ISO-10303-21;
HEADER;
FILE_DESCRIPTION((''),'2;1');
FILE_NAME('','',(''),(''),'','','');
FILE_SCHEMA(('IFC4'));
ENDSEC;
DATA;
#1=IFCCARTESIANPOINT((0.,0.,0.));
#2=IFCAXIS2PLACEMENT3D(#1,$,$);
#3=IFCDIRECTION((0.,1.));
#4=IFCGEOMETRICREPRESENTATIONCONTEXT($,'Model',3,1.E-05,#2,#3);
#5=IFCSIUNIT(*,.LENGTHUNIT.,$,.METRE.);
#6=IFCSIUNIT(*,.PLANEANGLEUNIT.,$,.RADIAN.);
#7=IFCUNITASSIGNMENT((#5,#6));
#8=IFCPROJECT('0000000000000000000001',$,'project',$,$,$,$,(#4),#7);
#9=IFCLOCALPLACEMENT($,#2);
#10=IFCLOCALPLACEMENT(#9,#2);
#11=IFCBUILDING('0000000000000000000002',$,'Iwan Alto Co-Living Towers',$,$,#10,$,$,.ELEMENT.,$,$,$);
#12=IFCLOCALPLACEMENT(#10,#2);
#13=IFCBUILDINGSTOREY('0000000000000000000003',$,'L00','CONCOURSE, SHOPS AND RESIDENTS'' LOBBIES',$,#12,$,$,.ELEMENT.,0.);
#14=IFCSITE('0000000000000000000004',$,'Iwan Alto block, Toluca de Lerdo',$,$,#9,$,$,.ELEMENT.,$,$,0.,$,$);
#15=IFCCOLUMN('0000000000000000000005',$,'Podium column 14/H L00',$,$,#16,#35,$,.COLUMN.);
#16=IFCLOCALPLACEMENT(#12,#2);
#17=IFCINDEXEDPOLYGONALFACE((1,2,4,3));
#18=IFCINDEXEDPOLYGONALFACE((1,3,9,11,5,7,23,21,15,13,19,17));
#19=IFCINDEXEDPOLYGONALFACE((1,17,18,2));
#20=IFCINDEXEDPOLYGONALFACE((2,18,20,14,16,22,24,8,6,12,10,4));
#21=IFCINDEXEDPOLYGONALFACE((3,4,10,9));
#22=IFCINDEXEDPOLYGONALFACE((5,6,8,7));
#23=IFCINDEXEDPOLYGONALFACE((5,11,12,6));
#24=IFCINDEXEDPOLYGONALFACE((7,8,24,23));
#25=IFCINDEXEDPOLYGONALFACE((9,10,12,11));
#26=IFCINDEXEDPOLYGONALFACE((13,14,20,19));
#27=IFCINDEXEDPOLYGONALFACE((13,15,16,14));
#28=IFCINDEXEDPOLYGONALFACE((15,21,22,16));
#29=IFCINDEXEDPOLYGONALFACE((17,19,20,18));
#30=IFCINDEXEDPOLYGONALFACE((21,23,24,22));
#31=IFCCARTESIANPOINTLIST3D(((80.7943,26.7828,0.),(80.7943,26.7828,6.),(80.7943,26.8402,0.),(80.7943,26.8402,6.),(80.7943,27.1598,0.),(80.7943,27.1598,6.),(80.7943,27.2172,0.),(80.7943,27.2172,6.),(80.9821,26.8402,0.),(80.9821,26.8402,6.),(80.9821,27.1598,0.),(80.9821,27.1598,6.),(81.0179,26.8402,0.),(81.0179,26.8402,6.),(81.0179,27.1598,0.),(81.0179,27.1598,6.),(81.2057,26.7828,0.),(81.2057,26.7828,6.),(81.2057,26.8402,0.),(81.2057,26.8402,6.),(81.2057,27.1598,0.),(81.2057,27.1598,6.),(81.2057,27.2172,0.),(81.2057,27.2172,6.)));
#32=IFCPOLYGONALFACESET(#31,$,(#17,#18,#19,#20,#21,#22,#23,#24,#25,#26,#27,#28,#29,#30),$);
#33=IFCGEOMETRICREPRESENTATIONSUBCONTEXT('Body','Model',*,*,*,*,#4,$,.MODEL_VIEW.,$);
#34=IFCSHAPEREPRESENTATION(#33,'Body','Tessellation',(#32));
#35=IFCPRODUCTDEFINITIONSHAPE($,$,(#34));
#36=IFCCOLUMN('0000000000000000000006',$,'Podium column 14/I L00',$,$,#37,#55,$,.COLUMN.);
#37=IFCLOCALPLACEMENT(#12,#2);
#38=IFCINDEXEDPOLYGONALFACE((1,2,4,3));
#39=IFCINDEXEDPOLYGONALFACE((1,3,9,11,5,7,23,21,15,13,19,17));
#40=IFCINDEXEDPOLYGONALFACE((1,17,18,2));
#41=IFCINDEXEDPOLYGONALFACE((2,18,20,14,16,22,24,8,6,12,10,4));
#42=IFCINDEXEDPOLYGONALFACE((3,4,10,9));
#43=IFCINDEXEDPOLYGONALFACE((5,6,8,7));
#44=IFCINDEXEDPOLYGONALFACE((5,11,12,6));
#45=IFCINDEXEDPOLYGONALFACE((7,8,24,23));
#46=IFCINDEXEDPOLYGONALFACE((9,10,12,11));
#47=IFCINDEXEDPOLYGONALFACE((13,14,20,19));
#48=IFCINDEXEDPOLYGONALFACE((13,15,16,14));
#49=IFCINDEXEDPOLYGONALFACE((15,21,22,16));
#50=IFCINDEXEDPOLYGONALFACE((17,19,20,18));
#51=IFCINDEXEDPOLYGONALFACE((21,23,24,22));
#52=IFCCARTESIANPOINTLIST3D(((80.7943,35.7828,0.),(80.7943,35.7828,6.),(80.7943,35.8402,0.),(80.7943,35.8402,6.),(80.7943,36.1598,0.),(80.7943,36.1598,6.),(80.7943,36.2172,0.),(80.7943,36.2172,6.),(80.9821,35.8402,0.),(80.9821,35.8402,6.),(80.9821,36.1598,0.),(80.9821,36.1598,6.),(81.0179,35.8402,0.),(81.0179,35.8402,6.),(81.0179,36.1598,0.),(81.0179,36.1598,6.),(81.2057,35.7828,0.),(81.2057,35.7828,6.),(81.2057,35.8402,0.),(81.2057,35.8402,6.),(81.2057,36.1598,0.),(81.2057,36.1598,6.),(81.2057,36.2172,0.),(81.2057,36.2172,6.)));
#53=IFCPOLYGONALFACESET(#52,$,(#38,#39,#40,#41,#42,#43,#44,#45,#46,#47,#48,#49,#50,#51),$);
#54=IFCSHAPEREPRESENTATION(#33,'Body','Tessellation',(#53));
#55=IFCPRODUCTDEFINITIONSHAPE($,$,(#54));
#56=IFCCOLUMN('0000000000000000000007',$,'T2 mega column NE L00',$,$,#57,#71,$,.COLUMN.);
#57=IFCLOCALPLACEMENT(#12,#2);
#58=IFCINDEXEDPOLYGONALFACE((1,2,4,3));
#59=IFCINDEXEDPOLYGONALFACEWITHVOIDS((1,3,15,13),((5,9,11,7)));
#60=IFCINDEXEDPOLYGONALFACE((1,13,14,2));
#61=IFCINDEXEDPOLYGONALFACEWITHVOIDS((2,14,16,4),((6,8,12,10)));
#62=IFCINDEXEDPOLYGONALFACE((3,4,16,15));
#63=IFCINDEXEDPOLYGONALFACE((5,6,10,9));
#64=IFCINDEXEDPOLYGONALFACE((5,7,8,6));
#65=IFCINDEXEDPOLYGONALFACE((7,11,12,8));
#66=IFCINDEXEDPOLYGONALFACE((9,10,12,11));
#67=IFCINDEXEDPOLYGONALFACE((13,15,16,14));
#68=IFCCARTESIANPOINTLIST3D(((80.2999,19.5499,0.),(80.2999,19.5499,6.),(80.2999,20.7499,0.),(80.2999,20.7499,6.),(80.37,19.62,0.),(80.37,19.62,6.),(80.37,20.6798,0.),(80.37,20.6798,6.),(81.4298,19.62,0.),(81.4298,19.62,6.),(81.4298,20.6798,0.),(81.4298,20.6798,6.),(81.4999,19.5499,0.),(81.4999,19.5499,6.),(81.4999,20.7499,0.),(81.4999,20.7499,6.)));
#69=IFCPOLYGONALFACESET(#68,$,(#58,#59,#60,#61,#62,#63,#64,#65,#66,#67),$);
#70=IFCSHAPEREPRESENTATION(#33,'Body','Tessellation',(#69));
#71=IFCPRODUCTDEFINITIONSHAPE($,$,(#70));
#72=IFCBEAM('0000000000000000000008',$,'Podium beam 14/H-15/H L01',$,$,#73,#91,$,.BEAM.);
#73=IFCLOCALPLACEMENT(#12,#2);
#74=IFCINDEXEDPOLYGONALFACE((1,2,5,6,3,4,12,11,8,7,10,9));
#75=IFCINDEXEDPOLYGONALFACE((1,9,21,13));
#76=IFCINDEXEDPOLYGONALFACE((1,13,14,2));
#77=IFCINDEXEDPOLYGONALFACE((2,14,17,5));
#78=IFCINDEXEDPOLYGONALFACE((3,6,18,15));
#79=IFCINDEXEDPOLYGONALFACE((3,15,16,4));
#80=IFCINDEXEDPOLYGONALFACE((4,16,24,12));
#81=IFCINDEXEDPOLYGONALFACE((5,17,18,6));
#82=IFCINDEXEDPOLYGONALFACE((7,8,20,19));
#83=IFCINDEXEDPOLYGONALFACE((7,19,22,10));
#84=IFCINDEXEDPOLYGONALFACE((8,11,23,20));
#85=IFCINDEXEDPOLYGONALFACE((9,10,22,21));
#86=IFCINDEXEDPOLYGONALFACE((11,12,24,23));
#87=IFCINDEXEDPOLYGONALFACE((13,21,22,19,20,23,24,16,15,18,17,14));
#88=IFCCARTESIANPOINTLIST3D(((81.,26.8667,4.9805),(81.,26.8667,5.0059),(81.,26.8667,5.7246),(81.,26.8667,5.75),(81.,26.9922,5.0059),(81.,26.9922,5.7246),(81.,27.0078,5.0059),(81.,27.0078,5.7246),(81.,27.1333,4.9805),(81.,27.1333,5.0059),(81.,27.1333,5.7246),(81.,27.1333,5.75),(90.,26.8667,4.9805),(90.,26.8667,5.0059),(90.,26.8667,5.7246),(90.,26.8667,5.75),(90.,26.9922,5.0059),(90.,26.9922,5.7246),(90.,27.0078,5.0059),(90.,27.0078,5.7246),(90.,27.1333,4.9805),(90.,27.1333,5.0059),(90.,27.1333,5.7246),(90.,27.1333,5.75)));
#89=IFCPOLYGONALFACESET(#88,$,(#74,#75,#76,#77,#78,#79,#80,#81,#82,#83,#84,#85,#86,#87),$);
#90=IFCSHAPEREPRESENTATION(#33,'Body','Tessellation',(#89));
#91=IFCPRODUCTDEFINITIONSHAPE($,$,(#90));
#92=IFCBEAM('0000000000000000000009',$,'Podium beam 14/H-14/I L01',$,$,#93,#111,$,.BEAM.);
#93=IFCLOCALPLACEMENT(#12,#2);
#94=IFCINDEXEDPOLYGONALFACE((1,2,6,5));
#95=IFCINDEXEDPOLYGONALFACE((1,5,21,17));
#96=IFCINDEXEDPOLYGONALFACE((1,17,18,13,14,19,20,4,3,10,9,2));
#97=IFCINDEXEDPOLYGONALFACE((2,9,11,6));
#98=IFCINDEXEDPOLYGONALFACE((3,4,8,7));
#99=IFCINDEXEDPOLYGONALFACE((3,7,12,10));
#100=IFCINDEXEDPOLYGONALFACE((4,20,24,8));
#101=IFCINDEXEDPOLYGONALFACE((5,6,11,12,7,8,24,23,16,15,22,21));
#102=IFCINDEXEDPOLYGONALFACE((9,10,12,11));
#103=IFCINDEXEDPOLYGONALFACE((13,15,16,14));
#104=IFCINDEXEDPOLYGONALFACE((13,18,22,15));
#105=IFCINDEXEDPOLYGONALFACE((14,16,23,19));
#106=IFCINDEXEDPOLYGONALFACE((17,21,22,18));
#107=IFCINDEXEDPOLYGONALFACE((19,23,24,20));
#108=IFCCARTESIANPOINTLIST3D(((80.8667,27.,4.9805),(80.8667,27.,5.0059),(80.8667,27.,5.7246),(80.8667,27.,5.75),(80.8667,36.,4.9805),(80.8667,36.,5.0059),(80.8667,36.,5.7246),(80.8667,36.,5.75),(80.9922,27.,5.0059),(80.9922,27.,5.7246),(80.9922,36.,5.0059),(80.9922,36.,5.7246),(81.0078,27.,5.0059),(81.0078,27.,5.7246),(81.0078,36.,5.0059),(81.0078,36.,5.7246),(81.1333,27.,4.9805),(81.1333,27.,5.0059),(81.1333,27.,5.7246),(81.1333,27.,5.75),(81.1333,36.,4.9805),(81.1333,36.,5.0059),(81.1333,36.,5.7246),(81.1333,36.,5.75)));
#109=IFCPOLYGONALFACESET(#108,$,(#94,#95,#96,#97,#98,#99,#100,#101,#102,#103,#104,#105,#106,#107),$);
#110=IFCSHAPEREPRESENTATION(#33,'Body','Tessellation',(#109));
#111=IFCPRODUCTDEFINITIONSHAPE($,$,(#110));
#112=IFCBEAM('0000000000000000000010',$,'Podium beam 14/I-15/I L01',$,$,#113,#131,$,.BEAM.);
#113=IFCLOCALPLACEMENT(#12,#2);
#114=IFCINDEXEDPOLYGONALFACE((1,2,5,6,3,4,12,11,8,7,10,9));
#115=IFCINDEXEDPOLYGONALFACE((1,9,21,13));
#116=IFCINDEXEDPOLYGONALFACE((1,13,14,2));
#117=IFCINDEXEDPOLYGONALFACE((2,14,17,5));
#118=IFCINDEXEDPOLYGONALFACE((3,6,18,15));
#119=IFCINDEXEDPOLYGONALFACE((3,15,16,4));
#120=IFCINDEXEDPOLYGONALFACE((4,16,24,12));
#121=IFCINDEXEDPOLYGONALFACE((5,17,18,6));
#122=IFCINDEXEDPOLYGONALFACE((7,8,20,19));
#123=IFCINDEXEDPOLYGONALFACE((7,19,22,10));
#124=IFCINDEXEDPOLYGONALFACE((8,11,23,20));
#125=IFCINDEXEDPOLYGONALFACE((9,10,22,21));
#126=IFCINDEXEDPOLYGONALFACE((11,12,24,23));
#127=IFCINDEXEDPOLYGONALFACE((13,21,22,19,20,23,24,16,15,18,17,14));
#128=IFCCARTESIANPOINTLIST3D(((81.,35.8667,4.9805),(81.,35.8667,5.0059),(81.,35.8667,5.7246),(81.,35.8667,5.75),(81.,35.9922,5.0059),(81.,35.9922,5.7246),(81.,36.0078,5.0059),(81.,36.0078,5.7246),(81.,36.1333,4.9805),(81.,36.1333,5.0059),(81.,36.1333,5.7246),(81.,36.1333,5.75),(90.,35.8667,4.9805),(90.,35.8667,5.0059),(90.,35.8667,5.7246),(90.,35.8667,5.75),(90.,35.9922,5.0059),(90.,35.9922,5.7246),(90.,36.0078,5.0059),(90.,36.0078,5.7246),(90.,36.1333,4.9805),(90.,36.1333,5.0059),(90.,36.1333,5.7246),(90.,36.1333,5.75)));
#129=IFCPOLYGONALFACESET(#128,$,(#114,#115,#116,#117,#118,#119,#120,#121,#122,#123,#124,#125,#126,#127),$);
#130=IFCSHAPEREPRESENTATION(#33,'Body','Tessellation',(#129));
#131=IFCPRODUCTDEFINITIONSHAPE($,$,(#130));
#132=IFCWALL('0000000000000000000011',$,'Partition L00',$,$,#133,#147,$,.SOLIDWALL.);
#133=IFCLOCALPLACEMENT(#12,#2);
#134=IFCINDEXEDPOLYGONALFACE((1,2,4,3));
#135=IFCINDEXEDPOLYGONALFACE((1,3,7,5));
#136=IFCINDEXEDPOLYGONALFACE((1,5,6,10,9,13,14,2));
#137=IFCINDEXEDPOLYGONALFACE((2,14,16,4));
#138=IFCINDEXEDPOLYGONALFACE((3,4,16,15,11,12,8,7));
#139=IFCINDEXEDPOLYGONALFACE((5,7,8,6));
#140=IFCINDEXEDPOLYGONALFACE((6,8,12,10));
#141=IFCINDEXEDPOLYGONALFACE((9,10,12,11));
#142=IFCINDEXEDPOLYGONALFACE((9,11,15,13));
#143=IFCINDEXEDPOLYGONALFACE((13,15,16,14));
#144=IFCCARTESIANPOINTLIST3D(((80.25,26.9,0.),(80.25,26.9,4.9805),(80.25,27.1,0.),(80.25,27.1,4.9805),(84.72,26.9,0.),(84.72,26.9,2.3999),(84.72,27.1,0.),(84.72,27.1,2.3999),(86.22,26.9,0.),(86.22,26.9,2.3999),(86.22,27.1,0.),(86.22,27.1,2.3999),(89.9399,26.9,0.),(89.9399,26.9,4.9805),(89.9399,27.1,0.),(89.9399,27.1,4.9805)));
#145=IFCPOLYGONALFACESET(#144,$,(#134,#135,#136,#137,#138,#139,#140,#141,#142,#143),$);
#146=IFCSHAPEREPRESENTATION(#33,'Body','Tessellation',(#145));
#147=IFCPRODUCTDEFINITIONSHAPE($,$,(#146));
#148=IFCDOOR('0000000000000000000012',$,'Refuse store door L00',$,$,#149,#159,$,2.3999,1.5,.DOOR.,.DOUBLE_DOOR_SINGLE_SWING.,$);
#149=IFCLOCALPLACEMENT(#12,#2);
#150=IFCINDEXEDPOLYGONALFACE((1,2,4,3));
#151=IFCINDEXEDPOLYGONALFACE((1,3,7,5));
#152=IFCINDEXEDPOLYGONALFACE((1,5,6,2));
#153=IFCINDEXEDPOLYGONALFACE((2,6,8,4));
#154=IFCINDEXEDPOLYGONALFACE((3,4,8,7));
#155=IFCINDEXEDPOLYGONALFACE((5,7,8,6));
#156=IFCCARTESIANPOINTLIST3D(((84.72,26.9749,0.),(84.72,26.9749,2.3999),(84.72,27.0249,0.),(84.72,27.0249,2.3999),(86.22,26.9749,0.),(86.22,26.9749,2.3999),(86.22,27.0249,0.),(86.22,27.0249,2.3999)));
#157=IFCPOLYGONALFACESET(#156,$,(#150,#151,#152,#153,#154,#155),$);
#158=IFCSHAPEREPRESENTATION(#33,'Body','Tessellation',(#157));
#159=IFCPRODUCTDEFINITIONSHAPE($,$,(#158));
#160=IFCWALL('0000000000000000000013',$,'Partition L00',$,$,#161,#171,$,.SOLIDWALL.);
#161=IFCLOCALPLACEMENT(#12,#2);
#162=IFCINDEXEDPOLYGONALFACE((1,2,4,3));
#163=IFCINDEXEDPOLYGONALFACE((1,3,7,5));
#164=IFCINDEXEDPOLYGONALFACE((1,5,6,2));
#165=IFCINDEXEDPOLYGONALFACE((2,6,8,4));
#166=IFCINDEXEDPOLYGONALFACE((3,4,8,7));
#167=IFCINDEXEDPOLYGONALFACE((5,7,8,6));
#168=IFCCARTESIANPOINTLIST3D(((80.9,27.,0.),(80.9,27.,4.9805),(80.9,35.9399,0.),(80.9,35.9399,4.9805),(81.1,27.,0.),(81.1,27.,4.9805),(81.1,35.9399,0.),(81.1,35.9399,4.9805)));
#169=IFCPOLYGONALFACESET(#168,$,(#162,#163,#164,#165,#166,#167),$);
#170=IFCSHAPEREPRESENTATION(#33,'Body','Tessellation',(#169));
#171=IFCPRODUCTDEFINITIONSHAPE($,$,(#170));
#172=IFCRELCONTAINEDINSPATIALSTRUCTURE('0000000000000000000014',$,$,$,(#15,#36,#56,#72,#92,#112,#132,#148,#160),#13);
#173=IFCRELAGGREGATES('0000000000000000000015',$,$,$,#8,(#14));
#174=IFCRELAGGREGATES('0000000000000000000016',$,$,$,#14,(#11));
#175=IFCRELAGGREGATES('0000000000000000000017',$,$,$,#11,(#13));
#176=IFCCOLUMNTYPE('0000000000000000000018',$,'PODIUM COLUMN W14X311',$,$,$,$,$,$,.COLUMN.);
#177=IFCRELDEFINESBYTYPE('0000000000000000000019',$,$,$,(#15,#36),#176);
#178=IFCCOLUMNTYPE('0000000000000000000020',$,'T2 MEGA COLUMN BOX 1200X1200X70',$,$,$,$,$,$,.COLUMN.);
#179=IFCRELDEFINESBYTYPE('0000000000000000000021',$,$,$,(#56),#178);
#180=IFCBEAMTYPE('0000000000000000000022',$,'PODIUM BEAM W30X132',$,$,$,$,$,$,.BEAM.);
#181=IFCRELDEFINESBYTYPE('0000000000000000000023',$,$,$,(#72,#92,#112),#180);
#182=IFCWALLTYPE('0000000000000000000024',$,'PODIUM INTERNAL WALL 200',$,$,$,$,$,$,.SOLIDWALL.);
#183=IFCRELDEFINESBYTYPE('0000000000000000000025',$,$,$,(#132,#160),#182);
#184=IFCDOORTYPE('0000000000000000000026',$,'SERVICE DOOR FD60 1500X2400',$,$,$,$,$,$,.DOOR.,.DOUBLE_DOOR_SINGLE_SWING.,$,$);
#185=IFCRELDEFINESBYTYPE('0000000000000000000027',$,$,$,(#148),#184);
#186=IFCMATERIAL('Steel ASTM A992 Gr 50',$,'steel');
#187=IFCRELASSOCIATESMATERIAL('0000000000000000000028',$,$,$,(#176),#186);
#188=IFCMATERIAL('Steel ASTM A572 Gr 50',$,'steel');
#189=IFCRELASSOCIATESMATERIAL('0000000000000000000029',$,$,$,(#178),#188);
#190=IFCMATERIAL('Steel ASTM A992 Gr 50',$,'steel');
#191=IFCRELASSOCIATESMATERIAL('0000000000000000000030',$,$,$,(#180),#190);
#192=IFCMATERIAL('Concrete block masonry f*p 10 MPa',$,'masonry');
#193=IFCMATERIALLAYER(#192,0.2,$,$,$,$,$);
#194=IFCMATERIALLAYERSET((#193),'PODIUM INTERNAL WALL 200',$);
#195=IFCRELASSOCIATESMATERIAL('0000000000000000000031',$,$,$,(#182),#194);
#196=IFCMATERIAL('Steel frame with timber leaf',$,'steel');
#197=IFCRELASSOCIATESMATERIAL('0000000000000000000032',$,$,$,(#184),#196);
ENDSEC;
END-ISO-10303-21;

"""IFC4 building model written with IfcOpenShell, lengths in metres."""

from ifc_helpers import new_model, si_unit, direction, frame, frame_2d, origin, origin_2d, place, context, subcontext, project, spatial, rectangle, hollow_rectangle, i_section, extrude, material, layer, layer_set, material_profile, profile_set, type_object, element, fill, save


model = new_model("IFC4")

# Units and contexts
model_context = context("Model", 3, precision=1e-05, world=origin(), true_north=direction((0.0, 1.0)))
body_context = subcontext(model_context, "Body", "Model", "MODEL_VIEW")
ifc_project = project(units=[si_unit("LENGTHUNIT", "METRE"), si_unit("PLANEANGLEUNIT", "RADIAN")], contexts=[model_context])

# Site, building, storey
site_placement = place(None, origin())
site = spatial("IfcSite", under=ifc_project, at=site_placement, Name="Iwan Alto block, Toluca de Lerdo", CompositionType="ELEMENT", RefElevation=0.0)
building_placement = place(site_placement, origin())
building = spatial("IfcBuilding", under=site, at=building_placement, Name="Iwan Alto Co-Living Towers", CompositionType="ELEMENT")
storey_placement = place(building_placement, origin())
storey = spatial("IfcBuildingStorey", under=building, at=storey_placement, Name="L00", Description="CONCOURSE, SHOPS AND RESIDENTS' LOBBIES", CompositionType="ELEMENT", Elevation=0.0)

# Columns
ifc_material_1 = material(Name="Steel ASTM A992 Gr 50", Category="steel")
ifc_material_profile_1 = material_profile(ifc_material_1, i_section(OverallWidth=0.4114, OverallDepth=0.4343, WebThickness=0.0359, FlangeThickness=0.0574, at=origin_2d()), Name="W14X311")
ifc_profile_set_1 = profile_set([ifc_material_profile_1], Name="Steel ASTM A992 Gr 50")
column_type_1 = type_object("IfcColumnType", Name="PODIUM COLUMN W14X311", PredefinedType="COLUMN", material=ifc_profile_set_1)
for number, where, z_axis, x_axis, name in (
    (1, (81.0, 27.0, 0.0), (0.0, 0.0, 1.0), (1.0, 0.0, 0.0), "Podium column 14/H L00"),
    (2, (81.0, 36.0, 0.0), (0.0, 0.0, 1.0), (1.0, 0.0, 0.0), "Podium column 14/I L00"),
):
    element("IfcColumn", number, at=place(storey_placement, frame(where, z_axis=z_axis, x_axis=x_axis)), inside=storey, type_object=column_type_1, Name=name, PredefinedType="COLUMN", context=body_context, shape_type="SweptSolid", body=[
        extrude(i_section(OverallWidth=0.4114, OverallDepth=0.4343, WebThickness=0.0359, FlangeThickness=0.0574, at=origin_2d()), origin(), (0.0, 0.0, 1.0), 6.0),
    ])
ifc_material_2 = material(Name="Steel ASTM A572 Gr 50", Category="steel")
ifc_material_profile_2 = material_profile(ifc_material_2, hollow_rectangle(XDim=1.2, YDim=1.2, WallThickness=0.0701, at=origin_2d()), Name="BOX 1200X1200X70")
ifc_profile_set_2 = profile_set([ifc_material_profile_2], Name="Steel ASTM A572 Gr 50")
column_type_2 = type_object("IfcColumnType", Name="T2 MEGA COLUMN BOX 1200X1200X70", PredefinedType="COLUMN", material=ifc_profile_set_2)
column_placement = place(storey_placement, frame((80.8999, 20.1499, 0.0), z_axis=(0.0, 0.0, 1.0), x_axis=(1.0, 0.0, 0.0)))
element("IfcColumn", 3, at=column_placement, inside=storey, type_object=column_type_2, Name="T2 mega column NE L00", PredefinedType="COLUMN", context=body_context, shape_type="SweptSolid", body=[
    extrude(hollow_rectangle(XDim=1.2, YDim=1.2, WallThickness=0.0701, at=origin_2d()), origin(), (0.0, 0.0, 1.0), 6.0),
])

# Beams
ifc_material_3 = material(Name="Steel ASTM A992 Gr 50", Category="steel")
ifc_material_profile_3 = material_profile(ifc_material_3, i_section(OverallWidth=0.2666, OverallDepth=0.7695, WebThickness=0.0156, FlangeThickness=0.0254, at=origin_2d()), Name="W30X132")
ifc_profile_set_3 = profile_set([ifc_material_profile_3], Name="Steel ASTM A992 Gr 50")
beam_type = type_object("IfcBeamType", Name="PODIUM BEAM W30X132", PredefinedType="BEAM", material=ifc_profile_set_3)
for number, where, z_axis, x_axis, name in (
    (4, (81.0, 27.0, 5.3652), (1.0, 0.0, 0.0), (0.0, 1.0, 0.0), "Podium beam 14/H-15/H L01"),
    (5, (81.0, 27.0, 5.3652), (0.0, 1.0, 0.0), (-1.0, 0.0, 0.0), "Podium beam 14/H-14/I L01"),
    (6, (81.0, 36.0, 5.3652), (1.0, 0.0, 0.0), (0.0, 1.0, 0.0), "Podium beam 14/I-15/I L01"),
):
    element("IfcBeam", number, at=place(storey_placement, frame(where, z_axis=z_axis, x_axis=x_axis)), inside=storey, type_object=beam_type, Name=name, PredefinedType="BEAM", context=body_context, shape_type="SweptSolid", body=[
        extrude(i_section(OverallWidth=0.2666, OverallDepth=0.7695, WebThickness=0.0156, FlangeThickness=0.0254, at=origin_2d()), origin(), (0.0, 0.0, 1.0), 9.0),
    ])

# Wall, opening, door
ifc_material_4 = material(Name="Concrete block masonry f*p 10 MPa", Category="masonry")
ifc_layer = layer(ifc_material_4, 0.2)
ifc_layer_set = layer_set([ifc_layer], Name="PODIUM INTERNAL WALL 200")
wall_type = type_object("IfcWallType", Name="PODIUM INTERNAL WALL 200", PredefinedType="SOLIDWALL", material=ifc_layer_set)
wall_1_placement = place(storey_placement, frame((80.25, 27.0, 0.0), z_axis=(0.0, 0.0, 1.0), x_axis=(1.0, 0.0, 0.0)))
wall_1 = element("IfcWall", 7, at=wall_1_placement, inside=storey, type_object=wall_type, Name="Partition L00", PredefinedType="SOLIDWALL", context=body_context, shape_type="SweptSolid", body=[
    extrude(rectangle(XDim=9.6899, YDim=0.2, at=frame_2d((4.845, 0.0))), origin(), (0.0, 0.0, 1.0), 4.9805),
])
opening_placement = place(wall_1_placement, frame((4.47, 0.0, 0.0)))
opening = element("IfcOpeningElement", 8, at=opening_placement, cuts=wall_1, PredefinedType="OPENING", context=body_context, shape_type="SweptSolid", body=[
    extrude(rectangle(XDim=1.5, YDim=2.3999, at=frame_2d((0.75, 1.2))), frame((0.0, 0.1099, 0.0), z_axis=(0.0, -1.0, 0.0), x_axis=(1.0, 0.0, 0.0)), (0.0, 0.0, 1.0), 0.22),
])
ifc_material_5 = material(Name="Steel frame with timber leaf", Category="steel")
door_type = type_object("IfcDoorType", Name="SERVICE DOOR FD60 1500X2400", OperationType="DOUBLE_DOOR_SINGLE_SWING", PredefinedType="DOOR", material=ifc_material_5)
door_placement = place(opening_placement, origin())
door = element("IfcDoor", 9, at=door_placement, inside=storey, type_object=door_type, Name="Refuse store door L00", OperationType="DOUBLE_DOOR_SINGLE_SWING", OverallHeight=2.3999, OverallWidth=1.5, PredefinedType="DOOR", context=body_context, shape_type="SweptSolid", body=[
    extrude(rectangle(XDim=1.5, YDim=2.3999, at=frame_2d((0.75, 1.2))), frame((0.0, 0.0249, 0.0), z_axis=(0.0, -1.0, 0.0), x_axis=(1.0, 0.0, 0.0)), (0.0, 0.0, 1.0), 0.05),
])
fill(opening, door)

# Wall
wall_2_placement = place(storey_placement, frame((81.0, 27.0, 0.0), z_axis=(0.0, 0.0, 1.0), x_axis=(0.0, 1.0, 0.0)))
element("IfcWall", 10, at=wall_2_placement, inside=storey, type_object=wall_type, Name="Partition L00", PredefinedType="SOLIDWALL", context=body_context, shape_type="SweptSolid", body=[
    extrude(rectangle(XDim=8.9399, YDim=0.2, at=frame_2d((4.47, 0.0))), origin(), (0.0, 0.0, 1.0), 4.9805),
])

save(model, "model.ifc")
